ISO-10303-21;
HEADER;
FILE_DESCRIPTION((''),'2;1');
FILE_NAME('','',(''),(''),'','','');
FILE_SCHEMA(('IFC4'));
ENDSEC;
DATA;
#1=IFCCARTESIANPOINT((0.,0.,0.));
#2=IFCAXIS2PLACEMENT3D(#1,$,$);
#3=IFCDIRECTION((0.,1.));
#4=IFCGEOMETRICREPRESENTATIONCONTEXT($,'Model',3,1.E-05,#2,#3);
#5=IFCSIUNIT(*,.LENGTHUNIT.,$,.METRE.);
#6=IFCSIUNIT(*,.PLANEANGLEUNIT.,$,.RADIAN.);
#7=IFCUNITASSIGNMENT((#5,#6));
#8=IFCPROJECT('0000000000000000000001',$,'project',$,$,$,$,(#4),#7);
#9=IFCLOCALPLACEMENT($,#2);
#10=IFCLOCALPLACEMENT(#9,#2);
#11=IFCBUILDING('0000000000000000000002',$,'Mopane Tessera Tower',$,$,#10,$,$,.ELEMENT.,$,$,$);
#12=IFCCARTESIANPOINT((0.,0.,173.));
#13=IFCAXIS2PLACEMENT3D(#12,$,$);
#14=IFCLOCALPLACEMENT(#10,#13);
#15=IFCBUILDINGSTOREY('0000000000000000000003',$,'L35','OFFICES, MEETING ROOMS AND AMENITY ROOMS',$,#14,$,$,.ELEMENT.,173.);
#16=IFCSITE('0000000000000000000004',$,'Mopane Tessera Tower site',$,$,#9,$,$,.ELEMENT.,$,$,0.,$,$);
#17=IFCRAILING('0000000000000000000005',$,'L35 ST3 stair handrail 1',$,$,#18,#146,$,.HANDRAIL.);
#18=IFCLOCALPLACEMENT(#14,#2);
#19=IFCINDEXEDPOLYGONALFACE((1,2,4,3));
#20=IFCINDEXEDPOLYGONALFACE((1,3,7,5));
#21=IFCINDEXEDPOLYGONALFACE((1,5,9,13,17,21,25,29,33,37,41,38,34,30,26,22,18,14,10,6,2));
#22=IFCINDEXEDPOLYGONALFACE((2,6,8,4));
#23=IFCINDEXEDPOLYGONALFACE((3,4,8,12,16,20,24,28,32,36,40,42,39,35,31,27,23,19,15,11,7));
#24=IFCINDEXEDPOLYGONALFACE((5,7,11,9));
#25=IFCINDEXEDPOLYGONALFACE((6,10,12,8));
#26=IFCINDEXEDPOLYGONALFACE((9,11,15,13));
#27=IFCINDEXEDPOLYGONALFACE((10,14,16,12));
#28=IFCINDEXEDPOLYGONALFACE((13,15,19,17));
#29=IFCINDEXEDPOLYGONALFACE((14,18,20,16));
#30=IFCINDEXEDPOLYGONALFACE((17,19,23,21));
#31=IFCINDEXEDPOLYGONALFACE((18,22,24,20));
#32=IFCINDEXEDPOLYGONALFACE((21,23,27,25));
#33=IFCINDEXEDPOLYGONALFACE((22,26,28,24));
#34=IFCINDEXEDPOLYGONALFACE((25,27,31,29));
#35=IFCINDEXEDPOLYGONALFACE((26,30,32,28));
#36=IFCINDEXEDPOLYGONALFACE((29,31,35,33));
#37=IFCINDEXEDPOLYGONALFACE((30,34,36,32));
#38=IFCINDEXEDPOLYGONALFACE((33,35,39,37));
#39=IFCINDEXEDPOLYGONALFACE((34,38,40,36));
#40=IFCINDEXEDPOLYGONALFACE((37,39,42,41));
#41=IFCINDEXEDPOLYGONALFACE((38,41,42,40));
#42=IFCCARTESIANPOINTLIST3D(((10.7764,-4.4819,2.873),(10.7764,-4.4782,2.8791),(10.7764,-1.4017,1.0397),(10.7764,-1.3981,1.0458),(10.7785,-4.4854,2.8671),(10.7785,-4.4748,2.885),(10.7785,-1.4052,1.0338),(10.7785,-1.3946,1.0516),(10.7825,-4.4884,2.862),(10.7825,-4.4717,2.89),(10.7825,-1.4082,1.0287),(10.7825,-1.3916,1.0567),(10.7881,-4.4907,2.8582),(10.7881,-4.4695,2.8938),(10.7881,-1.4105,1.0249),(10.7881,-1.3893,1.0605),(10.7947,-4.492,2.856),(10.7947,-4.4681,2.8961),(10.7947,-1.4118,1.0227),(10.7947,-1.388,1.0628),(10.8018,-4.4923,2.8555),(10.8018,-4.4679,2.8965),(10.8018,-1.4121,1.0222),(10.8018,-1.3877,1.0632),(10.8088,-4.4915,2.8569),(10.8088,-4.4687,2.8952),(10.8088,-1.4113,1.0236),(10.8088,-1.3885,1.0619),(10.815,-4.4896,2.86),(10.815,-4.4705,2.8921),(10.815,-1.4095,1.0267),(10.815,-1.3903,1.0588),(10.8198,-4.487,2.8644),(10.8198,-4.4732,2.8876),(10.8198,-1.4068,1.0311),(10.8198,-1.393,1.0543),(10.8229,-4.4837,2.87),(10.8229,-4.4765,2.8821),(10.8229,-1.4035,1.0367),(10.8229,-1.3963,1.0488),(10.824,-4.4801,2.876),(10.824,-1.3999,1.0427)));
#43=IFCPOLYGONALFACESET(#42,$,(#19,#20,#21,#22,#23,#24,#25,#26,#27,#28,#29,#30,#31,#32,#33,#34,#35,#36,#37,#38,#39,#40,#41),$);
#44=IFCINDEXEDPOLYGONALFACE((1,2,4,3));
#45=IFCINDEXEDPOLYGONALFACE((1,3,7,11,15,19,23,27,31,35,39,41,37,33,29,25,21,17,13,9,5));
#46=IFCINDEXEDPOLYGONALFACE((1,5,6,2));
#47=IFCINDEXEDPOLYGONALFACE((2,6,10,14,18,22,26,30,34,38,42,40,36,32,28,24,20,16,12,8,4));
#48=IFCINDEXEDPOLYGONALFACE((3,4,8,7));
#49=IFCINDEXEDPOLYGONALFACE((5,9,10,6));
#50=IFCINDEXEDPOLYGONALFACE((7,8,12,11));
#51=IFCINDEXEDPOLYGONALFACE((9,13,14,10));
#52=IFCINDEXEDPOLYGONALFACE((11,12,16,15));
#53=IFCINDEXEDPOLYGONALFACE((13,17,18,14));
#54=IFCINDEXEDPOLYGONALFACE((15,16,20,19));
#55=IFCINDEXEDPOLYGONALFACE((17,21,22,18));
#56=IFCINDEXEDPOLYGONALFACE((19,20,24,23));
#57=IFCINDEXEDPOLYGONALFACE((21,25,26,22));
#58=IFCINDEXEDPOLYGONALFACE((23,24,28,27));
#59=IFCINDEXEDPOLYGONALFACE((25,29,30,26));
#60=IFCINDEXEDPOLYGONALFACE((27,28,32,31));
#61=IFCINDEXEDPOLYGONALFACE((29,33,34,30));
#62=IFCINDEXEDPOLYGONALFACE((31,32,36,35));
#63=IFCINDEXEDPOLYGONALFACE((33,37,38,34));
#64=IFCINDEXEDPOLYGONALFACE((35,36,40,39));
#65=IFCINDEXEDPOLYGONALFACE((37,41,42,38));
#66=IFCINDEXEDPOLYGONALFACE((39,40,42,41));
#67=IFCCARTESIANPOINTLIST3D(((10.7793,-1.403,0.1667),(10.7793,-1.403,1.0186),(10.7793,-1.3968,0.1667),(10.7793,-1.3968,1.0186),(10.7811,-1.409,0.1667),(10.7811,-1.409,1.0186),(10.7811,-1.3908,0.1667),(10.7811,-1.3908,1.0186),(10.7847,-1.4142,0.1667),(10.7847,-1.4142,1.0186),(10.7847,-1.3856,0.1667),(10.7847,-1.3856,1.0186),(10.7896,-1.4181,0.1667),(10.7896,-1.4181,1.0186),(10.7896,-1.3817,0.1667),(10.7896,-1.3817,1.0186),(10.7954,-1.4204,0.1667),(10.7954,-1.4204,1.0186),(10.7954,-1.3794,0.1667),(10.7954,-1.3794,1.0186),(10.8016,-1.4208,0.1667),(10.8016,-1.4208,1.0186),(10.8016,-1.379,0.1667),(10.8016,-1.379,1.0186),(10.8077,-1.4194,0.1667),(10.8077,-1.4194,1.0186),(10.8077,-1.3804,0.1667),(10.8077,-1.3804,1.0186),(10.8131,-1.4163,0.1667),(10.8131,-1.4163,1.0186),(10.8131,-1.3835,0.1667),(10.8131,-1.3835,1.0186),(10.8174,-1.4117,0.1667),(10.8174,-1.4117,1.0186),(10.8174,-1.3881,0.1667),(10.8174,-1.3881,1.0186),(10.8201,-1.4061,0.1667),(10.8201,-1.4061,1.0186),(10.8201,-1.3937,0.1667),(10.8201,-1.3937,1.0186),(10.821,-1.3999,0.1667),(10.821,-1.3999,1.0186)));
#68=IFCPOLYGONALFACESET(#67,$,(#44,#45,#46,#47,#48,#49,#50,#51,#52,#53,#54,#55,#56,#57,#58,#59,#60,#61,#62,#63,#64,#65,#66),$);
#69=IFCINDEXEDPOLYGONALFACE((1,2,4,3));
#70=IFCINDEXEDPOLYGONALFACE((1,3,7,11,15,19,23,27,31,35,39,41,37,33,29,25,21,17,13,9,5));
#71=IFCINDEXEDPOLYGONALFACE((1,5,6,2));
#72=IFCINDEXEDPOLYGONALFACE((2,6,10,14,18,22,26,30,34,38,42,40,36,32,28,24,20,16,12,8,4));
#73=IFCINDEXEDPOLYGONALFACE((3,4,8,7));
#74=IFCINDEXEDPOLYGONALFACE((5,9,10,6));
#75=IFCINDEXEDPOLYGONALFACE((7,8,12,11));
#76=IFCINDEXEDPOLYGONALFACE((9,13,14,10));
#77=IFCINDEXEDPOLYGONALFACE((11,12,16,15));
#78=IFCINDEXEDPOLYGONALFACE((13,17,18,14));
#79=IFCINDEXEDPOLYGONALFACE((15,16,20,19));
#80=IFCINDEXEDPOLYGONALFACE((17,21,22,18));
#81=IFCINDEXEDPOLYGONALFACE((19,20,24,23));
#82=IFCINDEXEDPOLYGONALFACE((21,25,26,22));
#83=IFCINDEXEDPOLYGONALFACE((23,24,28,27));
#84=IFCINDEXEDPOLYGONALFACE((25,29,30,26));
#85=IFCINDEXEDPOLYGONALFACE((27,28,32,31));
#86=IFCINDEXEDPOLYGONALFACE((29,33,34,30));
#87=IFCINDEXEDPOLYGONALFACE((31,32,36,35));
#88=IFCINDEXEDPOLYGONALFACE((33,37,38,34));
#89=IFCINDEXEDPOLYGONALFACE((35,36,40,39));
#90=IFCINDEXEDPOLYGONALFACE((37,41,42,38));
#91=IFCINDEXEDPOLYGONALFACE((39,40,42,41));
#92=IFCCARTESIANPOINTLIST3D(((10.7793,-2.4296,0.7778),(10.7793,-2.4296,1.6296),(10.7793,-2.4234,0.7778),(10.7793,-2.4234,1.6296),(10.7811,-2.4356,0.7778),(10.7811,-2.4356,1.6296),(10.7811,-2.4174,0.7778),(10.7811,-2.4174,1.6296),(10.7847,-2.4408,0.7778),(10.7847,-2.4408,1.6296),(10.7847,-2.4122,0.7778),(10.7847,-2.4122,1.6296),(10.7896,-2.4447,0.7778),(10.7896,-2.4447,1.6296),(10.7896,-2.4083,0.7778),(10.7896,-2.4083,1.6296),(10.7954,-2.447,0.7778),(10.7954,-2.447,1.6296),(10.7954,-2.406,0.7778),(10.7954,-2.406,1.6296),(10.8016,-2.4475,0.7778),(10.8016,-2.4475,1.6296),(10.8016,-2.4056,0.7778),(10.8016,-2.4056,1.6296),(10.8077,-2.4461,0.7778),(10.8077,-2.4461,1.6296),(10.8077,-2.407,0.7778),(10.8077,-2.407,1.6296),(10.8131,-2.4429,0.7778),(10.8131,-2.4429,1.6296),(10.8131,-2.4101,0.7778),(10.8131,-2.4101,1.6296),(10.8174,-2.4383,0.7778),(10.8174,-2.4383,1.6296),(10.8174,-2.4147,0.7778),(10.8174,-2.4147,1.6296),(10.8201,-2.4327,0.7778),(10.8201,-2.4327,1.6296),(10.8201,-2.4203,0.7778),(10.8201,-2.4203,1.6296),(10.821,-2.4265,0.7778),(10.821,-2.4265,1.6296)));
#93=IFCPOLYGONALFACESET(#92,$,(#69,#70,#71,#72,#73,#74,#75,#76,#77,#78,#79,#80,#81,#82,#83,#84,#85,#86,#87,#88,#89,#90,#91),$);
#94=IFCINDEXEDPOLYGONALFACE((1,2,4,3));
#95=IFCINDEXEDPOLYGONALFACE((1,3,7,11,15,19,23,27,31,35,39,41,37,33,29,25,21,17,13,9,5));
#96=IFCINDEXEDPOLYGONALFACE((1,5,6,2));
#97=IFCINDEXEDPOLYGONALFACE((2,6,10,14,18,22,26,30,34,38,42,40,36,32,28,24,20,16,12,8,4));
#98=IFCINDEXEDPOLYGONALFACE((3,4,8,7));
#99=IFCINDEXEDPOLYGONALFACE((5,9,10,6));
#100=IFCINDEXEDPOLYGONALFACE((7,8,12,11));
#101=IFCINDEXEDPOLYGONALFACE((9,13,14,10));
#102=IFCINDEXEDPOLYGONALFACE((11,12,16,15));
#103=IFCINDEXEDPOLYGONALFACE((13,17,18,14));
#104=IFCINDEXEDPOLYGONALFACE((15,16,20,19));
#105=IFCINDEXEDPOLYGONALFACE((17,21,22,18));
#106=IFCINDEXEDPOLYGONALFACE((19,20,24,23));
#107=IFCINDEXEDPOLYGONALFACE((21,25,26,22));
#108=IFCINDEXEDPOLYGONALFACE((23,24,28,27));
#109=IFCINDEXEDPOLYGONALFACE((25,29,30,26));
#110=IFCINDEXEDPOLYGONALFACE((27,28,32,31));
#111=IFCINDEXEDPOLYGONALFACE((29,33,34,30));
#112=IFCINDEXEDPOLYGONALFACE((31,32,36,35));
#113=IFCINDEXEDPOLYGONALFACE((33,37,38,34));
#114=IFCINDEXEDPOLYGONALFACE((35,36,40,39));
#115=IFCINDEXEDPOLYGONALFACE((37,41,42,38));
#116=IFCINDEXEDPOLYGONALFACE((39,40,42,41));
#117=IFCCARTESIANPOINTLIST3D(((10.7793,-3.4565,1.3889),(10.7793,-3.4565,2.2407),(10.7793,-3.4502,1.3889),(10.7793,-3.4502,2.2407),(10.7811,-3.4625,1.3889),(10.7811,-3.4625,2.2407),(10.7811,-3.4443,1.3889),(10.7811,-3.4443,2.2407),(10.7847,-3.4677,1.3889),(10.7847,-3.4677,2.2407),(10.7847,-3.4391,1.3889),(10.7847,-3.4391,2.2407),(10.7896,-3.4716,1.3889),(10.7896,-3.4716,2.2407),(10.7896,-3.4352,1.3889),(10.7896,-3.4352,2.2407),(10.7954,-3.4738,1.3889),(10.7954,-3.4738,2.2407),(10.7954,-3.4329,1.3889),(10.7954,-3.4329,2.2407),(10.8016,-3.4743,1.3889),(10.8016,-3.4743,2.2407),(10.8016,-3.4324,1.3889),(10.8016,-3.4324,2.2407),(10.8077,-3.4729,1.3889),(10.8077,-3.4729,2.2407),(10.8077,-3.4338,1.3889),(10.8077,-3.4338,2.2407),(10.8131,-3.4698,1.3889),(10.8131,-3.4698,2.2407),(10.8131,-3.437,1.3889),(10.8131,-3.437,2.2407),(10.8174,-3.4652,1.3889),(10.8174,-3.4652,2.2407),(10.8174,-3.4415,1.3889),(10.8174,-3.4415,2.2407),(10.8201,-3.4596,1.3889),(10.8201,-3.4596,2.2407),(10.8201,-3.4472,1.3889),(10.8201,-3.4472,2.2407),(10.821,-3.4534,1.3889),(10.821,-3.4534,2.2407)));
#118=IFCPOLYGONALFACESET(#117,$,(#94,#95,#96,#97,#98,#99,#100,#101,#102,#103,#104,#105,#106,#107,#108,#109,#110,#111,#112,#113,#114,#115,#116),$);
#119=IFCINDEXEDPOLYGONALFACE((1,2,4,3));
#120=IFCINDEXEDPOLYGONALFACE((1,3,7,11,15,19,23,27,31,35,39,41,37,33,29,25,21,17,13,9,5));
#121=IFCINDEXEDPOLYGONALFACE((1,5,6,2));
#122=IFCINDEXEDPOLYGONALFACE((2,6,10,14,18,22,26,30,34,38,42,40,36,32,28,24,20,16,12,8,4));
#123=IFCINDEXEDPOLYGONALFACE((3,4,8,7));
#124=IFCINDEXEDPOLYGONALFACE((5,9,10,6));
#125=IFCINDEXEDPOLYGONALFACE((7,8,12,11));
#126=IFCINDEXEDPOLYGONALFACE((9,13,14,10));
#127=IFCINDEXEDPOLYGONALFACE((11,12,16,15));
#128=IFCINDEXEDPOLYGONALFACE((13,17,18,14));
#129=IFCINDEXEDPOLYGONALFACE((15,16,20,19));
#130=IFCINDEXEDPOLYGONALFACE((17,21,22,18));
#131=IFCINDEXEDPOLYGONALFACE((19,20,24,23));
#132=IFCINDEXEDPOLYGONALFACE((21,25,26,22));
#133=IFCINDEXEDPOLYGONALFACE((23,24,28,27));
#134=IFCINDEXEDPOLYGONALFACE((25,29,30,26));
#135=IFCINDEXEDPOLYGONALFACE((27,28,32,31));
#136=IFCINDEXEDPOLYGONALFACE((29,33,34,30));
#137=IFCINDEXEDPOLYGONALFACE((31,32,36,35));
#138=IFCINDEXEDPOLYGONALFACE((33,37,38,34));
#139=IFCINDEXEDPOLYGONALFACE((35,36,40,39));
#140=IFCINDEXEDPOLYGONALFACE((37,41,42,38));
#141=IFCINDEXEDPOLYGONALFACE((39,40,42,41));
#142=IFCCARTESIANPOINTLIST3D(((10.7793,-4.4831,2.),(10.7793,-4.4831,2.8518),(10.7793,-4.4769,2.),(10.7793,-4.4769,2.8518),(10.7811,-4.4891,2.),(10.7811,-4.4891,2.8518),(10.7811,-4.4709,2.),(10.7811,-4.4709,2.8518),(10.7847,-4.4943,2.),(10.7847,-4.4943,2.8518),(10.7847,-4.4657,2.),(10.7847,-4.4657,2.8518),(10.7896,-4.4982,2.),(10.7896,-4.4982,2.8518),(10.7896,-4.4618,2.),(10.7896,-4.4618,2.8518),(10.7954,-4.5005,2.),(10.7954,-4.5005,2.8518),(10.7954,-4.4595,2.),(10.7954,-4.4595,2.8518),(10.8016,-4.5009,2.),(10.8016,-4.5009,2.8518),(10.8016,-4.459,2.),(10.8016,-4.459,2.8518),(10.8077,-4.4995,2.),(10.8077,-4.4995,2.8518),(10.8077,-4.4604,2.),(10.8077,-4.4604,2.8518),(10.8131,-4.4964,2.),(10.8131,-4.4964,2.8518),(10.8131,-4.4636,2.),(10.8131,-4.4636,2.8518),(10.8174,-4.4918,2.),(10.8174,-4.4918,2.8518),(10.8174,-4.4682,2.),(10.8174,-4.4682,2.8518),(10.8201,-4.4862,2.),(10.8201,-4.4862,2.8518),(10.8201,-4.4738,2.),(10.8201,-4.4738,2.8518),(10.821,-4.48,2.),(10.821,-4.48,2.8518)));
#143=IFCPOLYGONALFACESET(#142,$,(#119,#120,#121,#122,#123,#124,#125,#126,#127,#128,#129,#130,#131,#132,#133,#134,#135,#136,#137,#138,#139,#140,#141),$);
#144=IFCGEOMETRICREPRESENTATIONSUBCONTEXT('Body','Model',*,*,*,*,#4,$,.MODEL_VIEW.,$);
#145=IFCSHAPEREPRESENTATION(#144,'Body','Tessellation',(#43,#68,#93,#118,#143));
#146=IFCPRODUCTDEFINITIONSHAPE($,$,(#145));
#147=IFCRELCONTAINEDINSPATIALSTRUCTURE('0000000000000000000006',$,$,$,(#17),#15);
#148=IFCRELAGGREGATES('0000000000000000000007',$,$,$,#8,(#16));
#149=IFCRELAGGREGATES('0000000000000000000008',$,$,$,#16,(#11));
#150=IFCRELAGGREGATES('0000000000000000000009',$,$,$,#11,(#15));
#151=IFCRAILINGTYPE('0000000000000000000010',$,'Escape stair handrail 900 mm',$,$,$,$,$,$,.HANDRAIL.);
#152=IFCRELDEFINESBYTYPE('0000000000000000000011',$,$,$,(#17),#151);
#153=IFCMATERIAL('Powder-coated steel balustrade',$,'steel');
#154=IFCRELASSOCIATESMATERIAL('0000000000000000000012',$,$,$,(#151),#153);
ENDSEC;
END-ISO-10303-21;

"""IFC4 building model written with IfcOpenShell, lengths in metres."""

from ifc_helpers import new_model, si_unit, direction, frame, origin, origin_2d, place, context, subcontext, project, spatial, circle, extrude, material, type_object, element, save


model = new_model("IFC4")

# Units and contexts
model_context = context("Model", 3, precision=1e-05, world=origin(), true_north=direction((0.0, 1.0)))
body_context = subcontext(model_context, "Body", "Model", "MODEL_VIEW")
ifc_project = project(units=[si_unit("LENGTHUNIT", "METRE"), si_unit("PLANEANGLEUNIT", "RADIAN")], contexts=[model_context])

# Site, building, storey
site_placement = place(None, origin())
site = spatial("IfcSite", under=ifc_project, at=site_placement, Name="Mopane Tessera Tower site", CompositionType="ELEMENT", RefElevation=0.0)
building_placement = place(site_placement, origin())
building = spatial("IfcBuilding", under=site, at=building_placement, Name="Mopane Tessera Tower", CompositionType="ELEMENT")
storey_placement = place(building_placement, frame((0.0, 0.0, 173.0)))
storey = spatial("IfcBuildingStorey", under=building, at=storey_placement, Name="L35", Description="OFFICES, MEETING ROOMS AND AMENITY ROOMS", CompositionType="ELEMENT", Elevation=173.0)

# Railing
ifc_material_1 = material(Name="Powder-coated steel balustrade", Category="steel")
railing_type_1 = type_object("IfcRailingType", Name="Escape stair handrail 900 mm", PredefinedType="HANDRAIL", material=ifc_material_1)
railing_1_placement = place(storey_placement, frame((10.8, -1.3999, 0.1667)))
element("IfcRailing", 1, at=railing_1_placement, inside=storey, type_object=railing_type_1, Name="L35 ST3 stair handrail 1", PredefinedType="HANDRAIL", context=body_context, shape_type="SweptSolid", body=[
    extrude(circle(Radius=0.0239, at=origin_2d()), frame((0.0, 0.0, 0.876), z_axis=(0.0, -0.859309, 0.511458), x_axis=(1.0, 0.0, 0.0)), (0.0, 0.0, 1.0), 3.5845),
    extrude(circle(Radius=0.021, at=origin_2d()), origin(), (0.0, 0.0, 1.0), 0.8518),
    extrude(circle(Radius=0.021, at=origin_2d()), frame((0.0, -1.0266, 0.6111)), (0.0, 0.0, 1.0), 0.8518),
    extrude(circle(Radius=0.021, at=origin_2d()), frame((0.0, -2.0535, 1.2222)), (0.0, 0.0, 1.0), 0.8518),
    extrude(circle(Radius=0.021, at=origin_2d()), frame((0.0, -3.0801, 1.8333)), (0.0, 0.0, 1.0), 0.8518),
])

save(model, "model.ifc")
